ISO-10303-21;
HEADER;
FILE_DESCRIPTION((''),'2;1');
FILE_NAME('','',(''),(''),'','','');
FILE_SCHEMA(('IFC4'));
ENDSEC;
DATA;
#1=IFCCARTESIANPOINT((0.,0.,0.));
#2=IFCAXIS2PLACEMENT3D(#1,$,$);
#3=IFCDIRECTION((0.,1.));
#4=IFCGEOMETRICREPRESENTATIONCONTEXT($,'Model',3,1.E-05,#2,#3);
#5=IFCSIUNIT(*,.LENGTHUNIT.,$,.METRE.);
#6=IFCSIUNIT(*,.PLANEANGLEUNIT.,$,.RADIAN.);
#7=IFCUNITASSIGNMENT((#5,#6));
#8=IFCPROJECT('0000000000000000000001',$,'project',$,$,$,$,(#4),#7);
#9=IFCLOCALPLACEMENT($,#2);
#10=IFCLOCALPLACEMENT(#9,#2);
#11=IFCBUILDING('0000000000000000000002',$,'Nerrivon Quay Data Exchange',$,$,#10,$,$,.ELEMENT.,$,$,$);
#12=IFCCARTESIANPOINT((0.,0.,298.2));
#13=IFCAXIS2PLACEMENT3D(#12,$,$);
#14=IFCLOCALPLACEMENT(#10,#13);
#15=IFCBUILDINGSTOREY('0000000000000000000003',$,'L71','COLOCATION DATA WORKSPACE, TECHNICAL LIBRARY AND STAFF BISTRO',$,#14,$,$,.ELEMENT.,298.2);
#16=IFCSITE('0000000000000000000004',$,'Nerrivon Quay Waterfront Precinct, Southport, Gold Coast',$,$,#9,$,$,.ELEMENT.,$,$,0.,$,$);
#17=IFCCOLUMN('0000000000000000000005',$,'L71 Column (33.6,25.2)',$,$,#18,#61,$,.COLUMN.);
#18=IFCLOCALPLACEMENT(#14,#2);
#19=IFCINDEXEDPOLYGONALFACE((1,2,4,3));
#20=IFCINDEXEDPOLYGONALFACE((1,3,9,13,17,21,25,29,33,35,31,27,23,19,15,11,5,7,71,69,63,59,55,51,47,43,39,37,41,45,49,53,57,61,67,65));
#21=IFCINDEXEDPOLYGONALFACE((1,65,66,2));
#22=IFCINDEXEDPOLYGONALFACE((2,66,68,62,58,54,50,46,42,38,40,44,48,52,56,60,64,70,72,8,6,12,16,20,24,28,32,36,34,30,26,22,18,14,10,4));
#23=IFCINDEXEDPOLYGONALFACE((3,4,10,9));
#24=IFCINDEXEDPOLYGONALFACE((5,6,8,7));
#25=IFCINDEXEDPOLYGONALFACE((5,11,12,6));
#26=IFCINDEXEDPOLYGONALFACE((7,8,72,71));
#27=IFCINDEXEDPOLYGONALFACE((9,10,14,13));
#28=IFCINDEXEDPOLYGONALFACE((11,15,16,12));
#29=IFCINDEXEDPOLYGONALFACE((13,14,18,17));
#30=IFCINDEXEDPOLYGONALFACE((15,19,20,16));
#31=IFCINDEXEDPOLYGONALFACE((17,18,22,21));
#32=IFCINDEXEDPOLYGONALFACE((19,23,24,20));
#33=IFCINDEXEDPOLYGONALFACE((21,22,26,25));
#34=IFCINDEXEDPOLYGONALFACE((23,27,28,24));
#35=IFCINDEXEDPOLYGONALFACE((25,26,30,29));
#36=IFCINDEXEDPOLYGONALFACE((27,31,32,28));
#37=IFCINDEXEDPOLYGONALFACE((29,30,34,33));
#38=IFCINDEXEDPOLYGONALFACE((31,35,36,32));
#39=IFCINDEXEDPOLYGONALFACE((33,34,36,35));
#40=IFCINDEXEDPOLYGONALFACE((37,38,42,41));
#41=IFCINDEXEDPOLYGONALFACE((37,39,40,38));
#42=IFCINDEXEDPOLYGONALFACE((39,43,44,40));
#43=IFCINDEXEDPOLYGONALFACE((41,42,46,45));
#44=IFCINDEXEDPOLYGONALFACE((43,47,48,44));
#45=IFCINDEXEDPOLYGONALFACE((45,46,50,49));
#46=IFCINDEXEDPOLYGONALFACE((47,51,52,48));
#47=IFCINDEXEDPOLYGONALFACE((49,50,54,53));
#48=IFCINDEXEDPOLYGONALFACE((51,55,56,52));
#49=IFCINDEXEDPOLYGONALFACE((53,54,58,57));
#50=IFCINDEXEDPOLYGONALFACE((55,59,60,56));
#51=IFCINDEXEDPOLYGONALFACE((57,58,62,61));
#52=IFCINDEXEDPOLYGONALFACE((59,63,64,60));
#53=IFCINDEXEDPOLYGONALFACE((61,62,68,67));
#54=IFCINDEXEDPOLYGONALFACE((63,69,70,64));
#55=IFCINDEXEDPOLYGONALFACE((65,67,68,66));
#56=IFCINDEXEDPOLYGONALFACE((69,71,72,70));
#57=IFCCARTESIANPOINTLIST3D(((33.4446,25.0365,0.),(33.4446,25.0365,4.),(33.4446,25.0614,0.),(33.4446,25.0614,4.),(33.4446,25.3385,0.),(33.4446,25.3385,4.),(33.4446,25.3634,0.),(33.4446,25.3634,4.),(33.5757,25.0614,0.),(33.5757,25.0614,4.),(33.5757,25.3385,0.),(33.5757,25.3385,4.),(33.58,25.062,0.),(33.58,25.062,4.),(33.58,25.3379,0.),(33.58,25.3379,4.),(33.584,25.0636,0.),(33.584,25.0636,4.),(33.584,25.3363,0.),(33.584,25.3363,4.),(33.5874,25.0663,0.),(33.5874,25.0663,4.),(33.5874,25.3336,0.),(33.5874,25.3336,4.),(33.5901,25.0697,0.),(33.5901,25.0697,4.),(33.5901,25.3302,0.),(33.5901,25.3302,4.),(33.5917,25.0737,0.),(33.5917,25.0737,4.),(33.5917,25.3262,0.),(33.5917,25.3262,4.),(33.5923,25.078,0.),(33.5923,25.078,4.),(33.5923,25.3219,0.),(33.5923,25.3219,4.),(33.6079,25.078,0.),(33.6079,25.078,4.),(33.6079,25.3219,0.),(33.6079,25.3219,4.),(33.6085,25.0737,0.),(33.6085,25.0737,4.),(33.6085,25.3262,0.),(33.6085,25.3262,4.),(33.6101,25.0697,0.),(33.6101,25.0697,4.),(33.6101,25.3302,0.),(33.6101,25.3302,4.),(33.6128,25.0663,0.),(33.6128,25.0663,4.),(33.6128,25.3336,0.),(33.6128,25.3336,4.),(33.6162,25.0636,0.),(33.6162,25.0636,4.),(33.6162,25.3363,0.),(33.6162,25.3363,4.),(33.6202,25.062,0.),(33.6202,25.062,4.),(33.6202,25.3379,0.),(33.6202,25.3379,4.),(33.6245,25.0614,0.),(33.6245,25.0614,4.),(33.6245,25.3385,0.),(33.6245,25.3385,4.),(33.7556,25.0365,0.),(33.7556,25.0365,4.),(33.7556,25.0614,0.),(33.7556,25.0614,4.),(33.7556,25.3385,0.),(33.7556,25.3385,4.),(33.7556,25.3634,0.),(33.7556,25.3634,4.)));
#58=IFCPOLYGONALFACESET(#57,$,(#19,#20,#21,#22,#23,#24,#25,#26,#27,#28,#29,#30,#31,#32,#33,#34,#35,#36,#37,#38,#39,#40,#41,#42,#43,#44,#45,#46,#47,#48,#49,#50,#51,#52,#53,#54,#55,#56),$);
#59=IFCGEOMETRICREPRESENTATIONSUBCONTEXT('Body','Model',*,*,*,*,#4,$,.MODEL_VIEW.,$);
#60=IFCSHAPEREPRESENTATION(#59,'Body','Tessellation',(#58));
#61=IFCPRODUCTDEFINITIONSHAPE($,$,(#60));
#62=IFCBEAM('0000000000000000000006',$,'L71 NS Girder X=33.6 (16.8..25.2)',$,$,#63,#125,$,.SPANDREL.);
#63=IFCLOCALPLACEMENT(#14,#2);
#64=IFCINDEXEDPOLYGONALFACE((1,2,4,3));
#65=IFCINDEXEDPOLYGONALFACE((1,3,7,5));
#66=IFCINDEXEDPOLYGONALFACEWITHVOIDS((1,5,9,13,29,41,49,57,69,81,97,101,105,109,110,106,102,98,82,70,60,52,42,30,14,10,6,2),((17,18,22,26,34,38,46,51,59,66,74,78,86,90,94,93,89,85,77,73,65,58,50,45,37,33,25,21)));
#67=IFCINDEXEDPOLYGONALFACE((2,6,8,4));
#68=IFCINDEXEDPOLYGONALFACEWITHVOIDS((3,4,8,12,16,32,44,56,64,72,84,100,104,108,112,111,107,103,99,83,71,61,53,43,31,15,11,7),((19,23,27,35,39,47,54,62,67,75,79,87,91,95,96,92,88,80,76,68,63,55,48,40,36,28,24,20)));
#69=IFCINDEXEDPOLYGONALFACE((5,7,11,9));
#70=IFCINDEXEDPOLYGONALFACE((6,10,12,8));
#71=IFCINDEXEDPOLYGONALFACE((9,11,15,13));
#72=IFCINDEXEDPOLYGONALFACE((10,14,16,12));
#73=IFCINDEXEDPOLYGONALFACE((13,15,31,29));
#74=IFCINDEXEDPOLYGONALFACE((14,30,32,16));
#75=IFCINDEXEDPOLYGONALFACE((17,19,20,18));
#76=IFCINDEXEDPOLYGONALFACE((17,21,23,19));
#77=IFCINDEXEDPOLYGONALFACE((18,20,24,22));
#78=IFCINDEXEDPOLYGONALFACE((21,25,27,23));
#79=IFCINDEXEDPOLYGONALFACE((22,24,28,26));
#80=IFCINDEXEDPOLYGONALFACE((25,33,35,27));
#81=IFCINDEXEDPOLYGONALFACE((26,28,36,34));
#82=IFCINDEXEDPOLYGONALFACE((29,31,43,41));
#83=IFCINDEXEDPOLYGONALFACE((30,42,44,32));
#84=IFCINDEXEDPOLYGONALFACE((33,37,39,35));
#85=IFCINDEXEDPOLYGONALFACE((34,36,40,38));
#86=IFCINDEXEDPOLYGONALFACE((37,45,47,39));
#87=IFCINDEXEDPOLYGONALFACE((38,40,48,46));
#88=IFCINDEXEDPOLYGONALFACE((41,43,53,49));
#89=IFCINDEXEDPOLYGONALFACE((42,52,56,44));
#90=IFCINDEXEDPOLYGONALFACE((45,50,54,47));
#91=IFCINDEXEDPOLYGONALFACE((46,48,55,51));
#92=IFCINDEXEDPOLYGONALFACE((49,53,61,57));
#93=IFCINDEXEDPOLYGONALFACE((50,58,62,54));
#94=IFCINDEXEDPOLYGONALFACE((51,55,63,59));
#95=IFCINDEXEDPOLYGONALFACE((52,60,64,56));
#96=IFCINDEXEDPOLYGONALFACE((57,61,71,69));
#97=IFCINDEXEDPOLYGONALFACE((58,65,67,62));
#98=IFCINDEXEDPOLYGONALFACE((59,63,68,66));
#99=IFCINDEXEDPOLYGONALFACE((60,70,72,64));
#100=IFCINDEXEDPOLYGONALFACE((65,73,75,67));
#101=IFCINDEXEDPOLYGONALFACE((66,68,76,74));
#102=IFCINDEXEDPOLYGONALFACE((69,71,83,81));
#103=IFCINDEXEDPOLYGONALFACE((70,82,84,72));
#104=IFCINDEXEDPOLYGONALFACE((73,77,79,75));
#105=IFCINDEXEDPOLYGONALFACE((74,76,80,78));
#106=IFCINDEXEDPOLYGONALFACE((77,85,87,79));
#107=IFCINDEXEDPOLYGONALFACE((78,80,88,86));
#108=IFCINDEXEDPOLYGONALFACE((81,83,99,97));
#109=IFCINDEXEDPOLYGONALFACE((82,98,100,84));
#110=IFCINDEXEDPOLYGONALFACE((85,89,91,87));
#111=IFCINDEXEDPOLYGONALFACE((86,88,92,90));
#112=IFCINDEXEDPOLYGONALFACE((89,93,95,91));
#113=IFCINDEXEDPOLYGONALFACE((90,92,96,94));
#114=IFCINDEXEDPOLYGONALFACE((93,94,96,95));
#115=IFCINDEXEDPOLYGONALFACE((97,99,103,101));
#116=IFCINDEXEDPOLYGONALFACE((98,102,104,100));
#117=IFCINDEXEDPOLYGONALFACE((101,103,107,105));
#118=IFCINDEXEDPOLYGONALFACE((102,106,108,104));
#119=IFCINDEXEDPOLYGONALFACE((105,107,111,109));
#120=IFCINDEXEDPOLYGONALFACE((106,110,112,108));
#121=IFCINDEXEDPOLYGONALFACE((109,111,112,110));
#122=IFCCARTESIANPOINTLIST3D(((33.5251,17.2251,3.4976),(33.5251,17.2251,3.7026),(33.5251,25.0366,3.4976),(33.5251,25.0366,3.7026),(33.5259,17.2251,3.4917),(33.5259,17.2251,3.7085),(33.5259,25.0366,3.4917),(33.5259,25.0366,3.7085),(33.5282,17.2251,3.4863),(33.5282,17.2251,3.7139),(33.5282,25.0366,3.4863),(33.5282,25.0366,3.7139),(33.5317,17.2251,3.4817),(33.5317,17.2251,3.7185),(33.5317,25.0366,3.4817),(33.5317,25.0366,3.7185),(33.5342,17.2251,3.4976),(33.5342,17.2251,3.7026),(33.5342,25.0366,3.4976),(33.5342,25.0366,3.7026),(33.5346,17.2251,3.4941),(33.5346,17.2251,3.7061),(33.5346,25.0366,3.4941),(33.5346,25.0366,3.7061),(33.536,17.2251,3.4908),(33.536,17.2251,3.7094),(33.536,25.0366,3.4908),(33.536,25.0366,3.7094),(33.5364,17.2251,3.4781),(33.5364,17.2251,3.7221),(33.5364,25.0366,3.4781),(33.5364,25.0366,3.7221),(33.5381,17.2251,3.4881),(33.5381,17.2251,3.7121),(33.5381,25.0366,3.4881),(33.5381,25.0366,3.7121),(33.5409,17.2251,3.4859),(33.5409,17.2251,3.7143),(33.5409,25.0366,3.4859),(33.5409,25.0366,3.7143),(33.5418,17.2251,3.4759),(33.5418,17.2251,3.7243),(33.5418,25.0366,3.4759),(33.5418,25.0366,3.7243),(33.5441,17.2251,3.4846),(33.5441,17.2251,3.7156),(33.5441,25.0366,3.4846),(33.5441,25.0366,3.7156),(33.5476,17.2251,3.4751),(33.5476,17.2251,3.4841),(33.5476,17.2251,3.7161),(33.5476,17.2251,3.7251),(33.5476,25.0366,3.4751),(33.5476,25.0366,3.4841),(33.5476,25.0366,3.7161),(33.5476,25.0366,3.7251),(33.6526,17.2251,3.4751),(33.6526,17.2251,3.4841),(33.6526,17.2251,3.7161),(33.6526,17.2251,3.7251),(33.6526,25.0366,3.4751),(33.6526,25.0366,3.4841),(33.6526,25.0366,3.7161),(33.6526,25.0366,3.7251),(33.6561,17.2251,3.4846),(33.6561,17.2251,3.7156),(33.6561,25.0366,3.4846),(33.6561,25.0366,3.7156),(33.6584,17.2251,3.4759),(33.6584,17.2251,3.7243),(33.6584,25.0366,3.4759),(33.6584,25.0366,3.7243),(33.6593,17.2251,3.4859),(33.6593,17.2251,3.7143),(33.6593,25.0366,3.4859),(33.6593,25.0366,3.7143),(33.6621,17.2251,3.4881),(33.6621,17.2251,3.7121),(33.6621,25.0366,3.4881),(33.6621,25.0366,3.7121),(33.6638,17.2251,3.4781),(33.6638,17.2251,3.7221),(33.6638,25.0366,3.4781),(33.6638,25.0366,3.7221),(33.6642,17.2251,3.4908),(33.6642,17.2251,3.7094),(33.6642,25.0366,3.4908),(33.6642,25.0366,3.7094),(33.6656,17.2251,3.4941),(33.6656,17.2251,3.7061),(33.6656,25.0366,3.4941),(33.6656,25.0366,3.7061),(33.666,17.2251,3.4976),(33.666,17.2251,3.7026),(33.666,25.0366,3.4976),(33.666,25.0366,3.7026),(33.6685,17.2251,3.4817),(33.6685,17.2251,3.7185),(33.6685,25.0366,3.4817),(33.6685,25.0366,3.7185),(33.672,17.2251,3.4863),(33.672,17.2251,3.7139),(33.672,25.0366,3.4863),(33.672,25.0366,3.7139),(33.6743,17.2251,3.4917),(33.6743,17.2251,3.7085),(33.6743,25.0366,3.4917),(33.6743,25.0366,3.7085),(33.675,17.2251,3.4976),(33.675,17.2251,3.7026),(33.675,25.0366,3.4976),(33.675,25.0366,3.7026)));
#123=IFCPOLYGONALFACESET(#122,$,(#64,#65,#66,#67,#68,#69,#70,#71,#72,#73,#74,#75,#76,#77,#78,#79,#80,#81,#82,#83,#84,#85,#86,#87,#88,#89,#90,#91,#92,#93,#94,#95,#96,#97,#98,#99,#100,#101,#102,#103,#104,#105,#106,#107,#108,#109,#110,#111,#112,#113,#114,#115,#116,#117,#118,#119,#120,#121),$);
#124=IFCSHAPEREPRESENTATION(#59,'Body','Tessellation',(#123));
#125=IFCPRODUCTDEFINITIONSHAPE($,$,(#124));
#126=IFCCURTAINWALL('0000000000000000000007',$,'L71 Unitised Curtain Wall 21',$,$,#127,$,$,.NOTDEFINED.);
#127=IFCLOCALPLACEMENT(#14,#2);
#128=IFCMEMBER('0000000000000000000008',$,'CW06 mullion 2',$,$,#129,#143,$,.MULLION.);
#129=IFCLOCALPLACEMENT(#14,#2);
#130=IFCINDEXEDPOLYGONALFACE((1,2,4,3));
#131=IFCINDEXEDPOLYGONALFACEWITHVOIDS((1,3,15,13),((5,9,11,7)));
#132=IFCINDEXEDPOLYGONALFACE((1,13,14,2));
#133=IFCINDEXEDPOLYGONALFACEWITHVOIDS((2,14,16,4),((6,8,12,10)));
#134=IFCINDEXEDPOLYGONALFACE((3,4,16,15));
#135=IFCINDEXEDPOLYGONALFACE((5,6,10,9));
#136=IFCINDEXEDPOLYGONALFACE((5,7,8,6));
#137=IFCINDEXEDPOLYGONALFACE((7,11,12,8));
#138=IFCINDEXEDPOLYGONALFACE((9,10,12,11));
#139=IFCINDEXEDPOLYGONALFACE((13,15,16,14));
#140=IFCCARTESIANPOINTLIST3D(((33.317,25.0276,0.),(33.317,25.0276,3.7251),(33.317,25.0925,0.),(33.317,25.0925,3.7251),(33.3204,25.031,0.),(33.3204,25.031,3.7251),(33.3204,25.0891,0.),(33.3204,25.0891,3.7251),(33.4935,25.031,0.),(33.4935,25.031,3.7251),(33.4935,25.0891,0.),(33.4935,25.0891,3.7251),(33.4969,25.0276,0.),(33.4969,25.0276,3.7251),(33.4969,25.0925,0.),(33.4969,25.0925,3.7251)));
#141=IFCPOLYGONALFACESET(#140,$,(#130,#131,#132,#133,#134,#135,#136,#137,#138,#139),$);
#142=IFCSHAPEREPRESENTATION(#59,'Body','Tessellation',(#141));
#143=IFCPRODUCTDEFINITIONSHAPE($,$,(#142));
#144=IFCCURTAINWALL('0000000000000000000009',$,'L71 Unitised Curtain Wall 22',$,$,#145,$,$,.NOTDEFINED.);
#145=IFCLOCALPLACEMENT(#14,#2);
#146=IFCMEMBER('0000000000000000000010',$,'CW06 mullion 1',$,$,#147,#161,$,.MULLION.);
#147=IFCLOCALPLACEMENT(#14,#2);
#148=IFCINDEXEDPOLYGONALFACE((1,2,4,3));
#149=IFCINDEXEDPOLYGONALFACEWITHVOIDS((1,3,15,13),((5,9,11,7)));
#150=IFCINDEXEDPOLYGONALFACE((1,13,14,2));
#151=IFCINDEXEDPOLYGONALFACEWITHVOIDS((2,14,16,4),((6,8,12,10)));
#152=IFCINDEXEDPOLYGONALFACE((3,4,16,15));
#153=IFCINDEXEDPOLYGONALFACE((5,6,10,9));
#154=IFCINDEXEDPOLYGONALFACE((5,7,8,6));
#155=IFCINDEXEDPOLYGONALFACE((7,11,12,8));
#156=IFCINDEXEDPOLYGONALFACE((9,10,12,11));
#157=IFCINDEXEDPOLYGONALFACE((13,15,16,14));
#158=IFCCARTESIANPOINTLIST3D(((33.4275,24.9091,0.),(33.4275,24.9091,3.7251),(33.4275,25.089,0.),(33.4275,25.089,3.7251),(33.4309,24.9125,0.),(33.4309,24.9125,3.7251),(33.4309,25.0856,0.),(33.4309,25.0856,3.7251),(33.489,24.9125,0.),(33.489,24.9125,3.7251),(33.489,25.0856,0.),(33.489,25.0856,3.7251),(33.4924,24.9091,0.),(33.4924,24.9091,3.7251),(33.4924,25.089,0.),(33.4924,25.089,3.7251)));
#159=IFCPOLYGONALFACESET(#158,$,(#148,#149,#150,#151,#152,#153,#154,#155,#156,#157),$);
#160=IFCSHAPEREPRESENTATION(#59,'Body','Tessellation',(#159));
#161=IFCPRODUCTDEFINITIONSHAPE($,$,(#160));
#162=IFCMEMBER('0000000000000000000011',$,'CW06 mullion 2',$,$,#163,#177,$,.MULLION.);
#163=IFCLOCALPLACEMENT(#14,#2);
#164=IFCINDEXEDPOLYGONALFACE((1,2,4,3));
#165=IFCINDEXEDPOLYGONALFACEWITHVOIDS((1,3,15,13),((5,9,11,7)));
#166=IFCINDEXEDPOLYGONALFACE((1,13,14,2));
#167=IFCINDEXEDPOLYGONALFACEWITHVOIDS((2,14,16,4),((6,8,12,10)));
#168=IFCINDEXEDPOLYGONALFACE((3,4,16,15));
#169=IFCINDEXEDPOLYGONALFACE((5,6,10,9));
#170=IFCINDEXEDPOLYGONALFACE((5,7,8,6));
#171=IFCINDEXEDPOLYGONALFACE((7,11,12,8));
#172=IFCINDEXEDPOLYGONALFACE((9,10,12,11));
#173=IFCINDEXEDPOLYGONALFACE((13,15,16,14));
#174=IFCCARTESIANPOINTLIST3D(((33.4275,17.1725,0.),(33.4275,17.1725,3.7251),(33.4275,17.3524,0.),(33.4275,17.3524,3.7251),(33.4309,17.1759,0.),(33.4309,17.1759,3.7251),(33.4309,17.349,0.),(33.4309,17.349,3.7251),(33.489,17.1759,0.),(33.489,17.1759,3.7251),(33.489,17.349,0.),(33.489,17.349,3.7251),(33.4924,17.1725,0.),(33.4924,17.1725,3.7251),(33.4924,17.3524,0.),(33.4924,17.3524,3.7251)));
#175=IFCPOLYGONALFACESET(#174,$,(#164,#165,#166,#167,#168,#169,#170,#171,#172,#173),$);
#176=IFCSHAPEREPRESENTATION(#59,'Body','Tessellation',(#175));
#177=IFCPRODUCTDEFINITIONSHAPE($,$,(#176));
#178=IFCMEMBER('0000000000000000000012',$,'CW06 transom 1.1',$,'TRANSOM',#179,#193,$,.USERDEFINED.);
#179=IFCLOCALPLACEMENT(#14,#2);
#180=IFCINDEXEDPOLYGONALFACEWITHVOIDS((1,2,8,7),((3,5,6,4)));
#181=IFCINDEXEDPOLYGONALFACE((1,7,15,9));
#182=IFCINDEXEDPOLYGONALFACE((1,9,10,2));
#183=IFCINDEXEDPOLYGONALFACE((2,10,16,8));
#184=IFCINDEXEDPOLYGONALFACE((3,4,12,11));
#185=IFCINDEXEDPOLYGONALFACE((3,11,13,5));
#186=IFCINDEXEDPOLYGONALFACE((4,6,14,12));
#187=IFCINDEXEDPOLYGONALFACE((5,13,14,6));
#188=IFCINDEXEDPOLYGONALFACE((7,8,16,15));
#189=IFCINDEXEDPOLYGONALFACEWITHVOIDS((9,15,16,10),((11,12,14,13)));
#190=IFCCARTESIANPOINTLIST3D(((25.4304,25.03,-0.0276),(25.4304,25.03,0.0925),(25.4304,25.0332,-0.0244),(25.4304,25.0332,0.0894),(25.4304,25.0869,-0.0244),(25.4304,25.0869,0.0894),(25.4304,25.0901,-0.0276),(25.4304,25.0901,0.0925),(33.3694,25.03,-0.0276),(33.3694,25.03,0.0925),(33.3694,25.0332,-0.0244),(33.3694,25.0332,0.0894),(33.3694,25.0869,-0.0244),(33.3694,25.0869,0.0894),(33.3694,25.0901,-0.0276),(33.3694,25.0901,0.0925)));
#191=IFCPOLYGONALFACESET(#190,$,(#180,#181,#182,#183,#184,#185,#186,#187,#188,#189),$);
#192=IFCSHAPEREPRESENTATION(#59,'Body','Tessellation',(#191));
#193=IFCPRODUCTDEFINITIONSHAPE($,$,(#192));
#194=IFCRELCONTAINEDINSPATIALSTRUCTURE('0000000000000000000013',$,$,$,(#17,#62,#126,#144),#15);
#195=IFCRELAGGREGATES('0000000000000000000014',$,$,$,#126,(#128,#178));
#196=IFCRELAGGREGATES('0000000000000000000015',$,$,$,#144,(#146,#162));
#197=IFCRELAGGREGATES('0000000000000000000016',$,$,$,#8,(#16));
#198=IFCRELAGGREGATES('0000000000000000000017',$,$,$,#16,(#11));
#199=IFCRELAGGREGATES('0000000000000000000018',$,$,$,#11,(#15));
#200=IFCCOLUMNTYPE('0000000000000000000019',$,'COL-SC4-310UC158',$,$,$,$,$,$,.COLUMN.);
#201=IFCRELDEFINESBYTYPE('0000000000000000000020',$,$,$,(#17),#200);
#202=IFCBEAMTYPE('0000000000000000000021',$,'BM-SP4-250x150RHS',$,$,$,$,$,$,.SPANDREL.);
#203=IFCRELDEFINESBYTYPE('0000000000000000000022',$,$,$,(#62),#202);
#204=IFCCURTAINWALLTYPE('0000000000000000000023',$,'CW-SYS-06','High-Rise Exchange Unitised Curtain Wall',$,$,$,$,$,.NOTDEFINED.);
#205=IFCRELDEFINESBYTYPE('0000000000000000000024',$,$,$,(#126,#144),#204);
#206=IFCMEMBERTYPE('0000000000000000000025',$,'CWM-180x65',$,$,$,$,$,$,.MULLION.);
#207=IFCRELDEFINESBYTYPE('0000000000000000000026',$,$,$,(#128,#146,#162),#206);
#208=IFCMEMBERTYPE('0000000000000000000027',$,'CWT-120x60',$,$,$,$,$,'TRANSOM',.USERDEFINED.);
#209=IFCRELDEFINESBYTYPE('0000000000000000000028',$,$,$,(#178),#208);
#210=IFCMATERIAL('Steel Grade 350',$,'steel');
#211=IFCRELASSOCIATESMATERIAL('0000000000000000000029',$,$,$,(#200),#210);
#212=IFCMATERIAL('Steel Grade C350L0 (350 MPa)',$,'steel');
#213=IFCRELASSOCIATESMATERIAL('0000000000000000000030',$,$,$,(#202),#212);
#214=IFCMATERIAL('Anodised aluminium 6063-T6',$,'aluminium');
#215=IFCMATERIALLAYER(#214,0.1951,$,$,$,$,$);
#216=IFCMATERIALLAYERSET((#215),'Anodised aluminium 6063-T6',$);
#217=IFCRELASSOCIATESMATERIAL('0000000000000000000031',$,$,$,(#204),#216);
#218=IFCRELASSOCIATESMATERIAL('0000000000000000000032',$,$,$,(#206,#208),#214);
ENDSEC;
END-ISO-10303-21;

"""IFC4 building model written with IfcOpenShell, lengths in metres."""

from ifc_helpers import new_model, si_unit, direction, frame, origin, origin_2d, place, context, subcontext, project, spatial, hollow_rectangle, i_section, extrude, material, layer, layer_set, material_profile, profile_set, type_object, element, aggregate, save


model = new_model("IFC4")

# Units and contexts
model_context = context("Model", 3, precision=1e-05, world=origin(), true_north=direction((0.0, 1.0)))
body_context = subcontext(model_context, "Body", "Model", "MODEL_VIEW")
ifc_project = project(units=[si_unit("LENGTHUNIT", "METRE"), si_unit("PLANEANGLEUNIT", "RADIAN")], contexts=[model_context])

# Site, building, storey
site_placement = place(None, origin())
site = spatial("IfcSite", under=ifc_project, at=site_placement, Name="Nerrivon Quay Waterfront Precinct, Southport, Gold Coast", CompositionType="ELEMENT", RefElevation=0.0)
building_placement = place(site_placement, origin())
building = spatial("IfcBuilding", under=site, at=building_placement, Name="Nerrivon Quay Data Exchange", CompositionType="ELEMENT")
storey_placement = place(building_placement, frame((0.0, 0.0, 298.2)))
storey = spatial("IfcBuildingStorey", under=building, at=storey_placement, Name="L71", Description="COLOCATION DATA WORKSPACE, TECHNICAL LIBRARY AND STAFF BISTRO", CompositionType="ELEMENT", Elevation=298.2)

# Column
ifc_material_1 = material(Name="Steel Grade 350", Category="steel")
ifc_material_profile_1 = material_profile(ifc_material_1, i_section(OverallWidth=0.311, OverallDepth=0.3269, WebThickness=0.0156, FlangeThickness=0.0249, FilletRadius=0.0166, at=origin_2d()), Name="310UC158")
ifc_profile_set_1 = profile_set([ifc_material_profile_1], Name="Steel Grade 350")
column_type = type_object("IfcColumnType", Name="COL-SC4-310UC158", PredefinedType="COLUMN", material=ifc_profile_set_1)
column_placement = place(storey_placement, frame((33.6001, 25.2, 0.0), z_axis=(0.0, 0.0, 1.0), x_axis=(1.0, 0.0, 0.0)))
element("IfcColumn", 1, at=column_placement, inside=storey, type_object=column_type, Name="L71 Column (33.6,25.2)", PredefinedType="COLUMN", context=body_context, shape_type="SweptSolid", body=[
    extrude(i_section(OverallWidth=0.311, OverallDepth=0.3269, WebThickness=0.0156, FlangeThickness=0.0249, FilletRadius=0.0166, at=origin_2d()), origin(), (0.0, 0.0, 1.0), 4.0),
])

# Beam
ifc_material_2 = material(Name="Steel Grade C350L0 (350 MPa)", Category="steel")
ifc_material_profile_2 = material_profile(ifc_material_2, hollow_rectangle(XDim=0.1499, YDim=0.25, WallThickness=0.009, InnerFilletRadius=0.0134, OuterFilletRadius=0.0225, at=origin_2d()), Name="250x150x9.0RHS")
ifc_profile_set_2 = profile_set([ifc_material_profile_2], Name="Steel Grade C350L0 (350 MPa)")
beam_type = type_object("IfcBeamType", Name="BM-SP4-250x150RHS", PredefinedType="SPANDREL", material=ifc_profile_set_2)
beam_placement = place(storey_placement, frame((33.6001, 17.2251, 3.6001), z_axis=(0.0, 1.0, 0.0), x_axis=(-1.0, 0.0, 0.0)))
element("IfcBeam", 2, at=beam_placement, inside=storey, type_object=beam_type, Name="L71 NS Girder X=33.6 (16.8..25.2)", PredefinedType="SPANDREL", context=body_context, shape_type="SweptSolid", body=[
    extrude(hollow_rectangle(XDim=0.1499, YDim=0.25, WallThickness=0.009, InnerFilletRadius=0.0134, OuterFilletRadius=0.0225, at=origin_2d()), origin(), (0.0, 0.0, 1.0), 7.8115),
])

# Curtain wall, member
ifc_material_3 = material(Name="Anodised aluminium 6063-T6", Category="aluminium")
ifc_layer_1 = layer(ifc_material_3, 0.1951)
ifc_layer_set_1 = layer_set([ifc_layer_1], Name="Anodised aluminium 6063-T6")
curtain_wall_type = type_object("IfcCurtainWallType", Name="CW-SYS-06", Description="High-Rise Exchange Unitised Curtain Wall", PredefinedType="NOTDEFINED", material=ifc_layer_set_1)
curtain_wall_1_placement = place(storey_placement, origin())
curtain_wall_1 = element("IfcCurtainWall", 3, at=curtain_wall_1_placement, inside=storey, type_object=curtain_wall_type, Name="L71 Unitised Curtain Wall 21", PredefinedType="NOTDEFINED")
ifc_material_profile_3 = material_profile(ifc_material_3, hollow_rectangle(XDim=0.0649, YDim=0.1799, WallThickness=0.0034, at=origin_2d()), Name="ALU-MULL-180x65")
ifc_profile_set_3 = profile_set([ifc_material_profile_3], Name="Anodised aluminium 6063-T6")
member_type_1 = type_object("IfcMemberType", Name="CWM-180x65", PredefinedType="MULLION", material=ifc_profile_set_3)
member_1_placement = place(storey_placement, frame((33.407, 25.0601, 0.0), z_axis=(0.0, 0.0, 1.0), x_axis=(0.0, 1.0, 0.0)))
member_1 = element("IfcMember", 4, at=member_1_placement, type_object=member_type_1, Name="CW06 mullion 2", PredefinedType="MULLION", context=body_context, shape_type="SweptSolid", body=[
    extrude(hollow_rectangle(XDim=0.0649, YDim=0.1799, WallThickness=0.0034, at=origin_2d()), origin(), (0.0, 0.0, 1.0), 3.7251),
])

# Curtain wall, members
curtain_wall_2_placement = place(storey_placement, origin())
curtain_wall_2 = element("IfcCurtainWall", 5, at=curtain_wall_2_placement, inside=storey, type_object=curtain_wall_type, Name="L71 Unitised Curtain Wall 22", PredefinedType="NOTDEFINED")
member_2_placement = place(storey_placement, frame((33.46, 24.999, 0.0), z_axis=(0.0, 0.0, 1.0), x_axis=(1.0, 0.0, 0.0)))
member_2 = element("IfcMember", 6, at=member_2_placement, type_object=member_type_1, Name="CW06 mullion 1", PredefinedType="MULLION", context=body_context, shape_type="SweptSolid", body=[
    extrude(hollow_rectangle(XDim=0.0649, YDim=0.1799, WallThickness=0.0034, at=origin_2d()), origin(), (0.0, 0.0, 1.0), 3.7251),
])
member_3_placement = place(storey_placement, frame((33.46, 17.2625, 0.0), z_axis=(0.0, 0.0, 1.0), x_axis=(1.0, 0.0, 0.0)))
member_3 = element("IfcMember", 7, at=member_3_placement, type_object=member_type_1, Name="CW06 mullion 2", PredefinedType="MULLION", context=body_context, shape_type="SweptSolid", body=[
    extrude(hollow_rectangle(XDim=0.0649, YDim=0.1799, WallThickness=0.0034, at=origin_2d()), origin(), (0.0, 0.0, 1.0), 3.7251),
])

# Member
ifc_material_profile_4 = material_profile(ifc_material_3, hollow_rectangle(XDim=0.0601, YDim=0.1201, WallThickness=0.0032, at=origin_2d()), Name="ALU-TRAN-120x60")
ifc_profile_set_4 = profile_set([ifc_material_profile_4], Name="Anodised aluminium 6063-T6")
member_type_2 = type_object("IfcMemberType", Name="CWT-120x60", ElementType="TRANSOM", PredefinedType="USERDEFINED", material=ifc_profile_set_4)
member_4_placement = place(storey_placement, frame((25.4304, 25.0601, 0.0325), z_axis=(1.0, 0.0, 0.0), x_axis=(0.0, 1.0, 0.0)))
member_4 = element("IfcMember", 8, at=member_4_placement, type_object=member_type_2, Name="CW06 transom 1.1", ObjectType="TRANSOM", PredefinedType="USERDEFINED", context=body_context, shape_type="SweptSolid", body=[
    extrude(hollow_rectangle(XDim=0.0601, YDim=0.1201, WallThickness=0.0032, at=origin_2d()), origin(), (0.0, 0.0, 1.0), 7.939),
])

aggregate(curtain_wall_1, [member_1, member_4])
aggregate(curtain_wall_2, [member_2, member_3])

save(model, "model.ifc")
